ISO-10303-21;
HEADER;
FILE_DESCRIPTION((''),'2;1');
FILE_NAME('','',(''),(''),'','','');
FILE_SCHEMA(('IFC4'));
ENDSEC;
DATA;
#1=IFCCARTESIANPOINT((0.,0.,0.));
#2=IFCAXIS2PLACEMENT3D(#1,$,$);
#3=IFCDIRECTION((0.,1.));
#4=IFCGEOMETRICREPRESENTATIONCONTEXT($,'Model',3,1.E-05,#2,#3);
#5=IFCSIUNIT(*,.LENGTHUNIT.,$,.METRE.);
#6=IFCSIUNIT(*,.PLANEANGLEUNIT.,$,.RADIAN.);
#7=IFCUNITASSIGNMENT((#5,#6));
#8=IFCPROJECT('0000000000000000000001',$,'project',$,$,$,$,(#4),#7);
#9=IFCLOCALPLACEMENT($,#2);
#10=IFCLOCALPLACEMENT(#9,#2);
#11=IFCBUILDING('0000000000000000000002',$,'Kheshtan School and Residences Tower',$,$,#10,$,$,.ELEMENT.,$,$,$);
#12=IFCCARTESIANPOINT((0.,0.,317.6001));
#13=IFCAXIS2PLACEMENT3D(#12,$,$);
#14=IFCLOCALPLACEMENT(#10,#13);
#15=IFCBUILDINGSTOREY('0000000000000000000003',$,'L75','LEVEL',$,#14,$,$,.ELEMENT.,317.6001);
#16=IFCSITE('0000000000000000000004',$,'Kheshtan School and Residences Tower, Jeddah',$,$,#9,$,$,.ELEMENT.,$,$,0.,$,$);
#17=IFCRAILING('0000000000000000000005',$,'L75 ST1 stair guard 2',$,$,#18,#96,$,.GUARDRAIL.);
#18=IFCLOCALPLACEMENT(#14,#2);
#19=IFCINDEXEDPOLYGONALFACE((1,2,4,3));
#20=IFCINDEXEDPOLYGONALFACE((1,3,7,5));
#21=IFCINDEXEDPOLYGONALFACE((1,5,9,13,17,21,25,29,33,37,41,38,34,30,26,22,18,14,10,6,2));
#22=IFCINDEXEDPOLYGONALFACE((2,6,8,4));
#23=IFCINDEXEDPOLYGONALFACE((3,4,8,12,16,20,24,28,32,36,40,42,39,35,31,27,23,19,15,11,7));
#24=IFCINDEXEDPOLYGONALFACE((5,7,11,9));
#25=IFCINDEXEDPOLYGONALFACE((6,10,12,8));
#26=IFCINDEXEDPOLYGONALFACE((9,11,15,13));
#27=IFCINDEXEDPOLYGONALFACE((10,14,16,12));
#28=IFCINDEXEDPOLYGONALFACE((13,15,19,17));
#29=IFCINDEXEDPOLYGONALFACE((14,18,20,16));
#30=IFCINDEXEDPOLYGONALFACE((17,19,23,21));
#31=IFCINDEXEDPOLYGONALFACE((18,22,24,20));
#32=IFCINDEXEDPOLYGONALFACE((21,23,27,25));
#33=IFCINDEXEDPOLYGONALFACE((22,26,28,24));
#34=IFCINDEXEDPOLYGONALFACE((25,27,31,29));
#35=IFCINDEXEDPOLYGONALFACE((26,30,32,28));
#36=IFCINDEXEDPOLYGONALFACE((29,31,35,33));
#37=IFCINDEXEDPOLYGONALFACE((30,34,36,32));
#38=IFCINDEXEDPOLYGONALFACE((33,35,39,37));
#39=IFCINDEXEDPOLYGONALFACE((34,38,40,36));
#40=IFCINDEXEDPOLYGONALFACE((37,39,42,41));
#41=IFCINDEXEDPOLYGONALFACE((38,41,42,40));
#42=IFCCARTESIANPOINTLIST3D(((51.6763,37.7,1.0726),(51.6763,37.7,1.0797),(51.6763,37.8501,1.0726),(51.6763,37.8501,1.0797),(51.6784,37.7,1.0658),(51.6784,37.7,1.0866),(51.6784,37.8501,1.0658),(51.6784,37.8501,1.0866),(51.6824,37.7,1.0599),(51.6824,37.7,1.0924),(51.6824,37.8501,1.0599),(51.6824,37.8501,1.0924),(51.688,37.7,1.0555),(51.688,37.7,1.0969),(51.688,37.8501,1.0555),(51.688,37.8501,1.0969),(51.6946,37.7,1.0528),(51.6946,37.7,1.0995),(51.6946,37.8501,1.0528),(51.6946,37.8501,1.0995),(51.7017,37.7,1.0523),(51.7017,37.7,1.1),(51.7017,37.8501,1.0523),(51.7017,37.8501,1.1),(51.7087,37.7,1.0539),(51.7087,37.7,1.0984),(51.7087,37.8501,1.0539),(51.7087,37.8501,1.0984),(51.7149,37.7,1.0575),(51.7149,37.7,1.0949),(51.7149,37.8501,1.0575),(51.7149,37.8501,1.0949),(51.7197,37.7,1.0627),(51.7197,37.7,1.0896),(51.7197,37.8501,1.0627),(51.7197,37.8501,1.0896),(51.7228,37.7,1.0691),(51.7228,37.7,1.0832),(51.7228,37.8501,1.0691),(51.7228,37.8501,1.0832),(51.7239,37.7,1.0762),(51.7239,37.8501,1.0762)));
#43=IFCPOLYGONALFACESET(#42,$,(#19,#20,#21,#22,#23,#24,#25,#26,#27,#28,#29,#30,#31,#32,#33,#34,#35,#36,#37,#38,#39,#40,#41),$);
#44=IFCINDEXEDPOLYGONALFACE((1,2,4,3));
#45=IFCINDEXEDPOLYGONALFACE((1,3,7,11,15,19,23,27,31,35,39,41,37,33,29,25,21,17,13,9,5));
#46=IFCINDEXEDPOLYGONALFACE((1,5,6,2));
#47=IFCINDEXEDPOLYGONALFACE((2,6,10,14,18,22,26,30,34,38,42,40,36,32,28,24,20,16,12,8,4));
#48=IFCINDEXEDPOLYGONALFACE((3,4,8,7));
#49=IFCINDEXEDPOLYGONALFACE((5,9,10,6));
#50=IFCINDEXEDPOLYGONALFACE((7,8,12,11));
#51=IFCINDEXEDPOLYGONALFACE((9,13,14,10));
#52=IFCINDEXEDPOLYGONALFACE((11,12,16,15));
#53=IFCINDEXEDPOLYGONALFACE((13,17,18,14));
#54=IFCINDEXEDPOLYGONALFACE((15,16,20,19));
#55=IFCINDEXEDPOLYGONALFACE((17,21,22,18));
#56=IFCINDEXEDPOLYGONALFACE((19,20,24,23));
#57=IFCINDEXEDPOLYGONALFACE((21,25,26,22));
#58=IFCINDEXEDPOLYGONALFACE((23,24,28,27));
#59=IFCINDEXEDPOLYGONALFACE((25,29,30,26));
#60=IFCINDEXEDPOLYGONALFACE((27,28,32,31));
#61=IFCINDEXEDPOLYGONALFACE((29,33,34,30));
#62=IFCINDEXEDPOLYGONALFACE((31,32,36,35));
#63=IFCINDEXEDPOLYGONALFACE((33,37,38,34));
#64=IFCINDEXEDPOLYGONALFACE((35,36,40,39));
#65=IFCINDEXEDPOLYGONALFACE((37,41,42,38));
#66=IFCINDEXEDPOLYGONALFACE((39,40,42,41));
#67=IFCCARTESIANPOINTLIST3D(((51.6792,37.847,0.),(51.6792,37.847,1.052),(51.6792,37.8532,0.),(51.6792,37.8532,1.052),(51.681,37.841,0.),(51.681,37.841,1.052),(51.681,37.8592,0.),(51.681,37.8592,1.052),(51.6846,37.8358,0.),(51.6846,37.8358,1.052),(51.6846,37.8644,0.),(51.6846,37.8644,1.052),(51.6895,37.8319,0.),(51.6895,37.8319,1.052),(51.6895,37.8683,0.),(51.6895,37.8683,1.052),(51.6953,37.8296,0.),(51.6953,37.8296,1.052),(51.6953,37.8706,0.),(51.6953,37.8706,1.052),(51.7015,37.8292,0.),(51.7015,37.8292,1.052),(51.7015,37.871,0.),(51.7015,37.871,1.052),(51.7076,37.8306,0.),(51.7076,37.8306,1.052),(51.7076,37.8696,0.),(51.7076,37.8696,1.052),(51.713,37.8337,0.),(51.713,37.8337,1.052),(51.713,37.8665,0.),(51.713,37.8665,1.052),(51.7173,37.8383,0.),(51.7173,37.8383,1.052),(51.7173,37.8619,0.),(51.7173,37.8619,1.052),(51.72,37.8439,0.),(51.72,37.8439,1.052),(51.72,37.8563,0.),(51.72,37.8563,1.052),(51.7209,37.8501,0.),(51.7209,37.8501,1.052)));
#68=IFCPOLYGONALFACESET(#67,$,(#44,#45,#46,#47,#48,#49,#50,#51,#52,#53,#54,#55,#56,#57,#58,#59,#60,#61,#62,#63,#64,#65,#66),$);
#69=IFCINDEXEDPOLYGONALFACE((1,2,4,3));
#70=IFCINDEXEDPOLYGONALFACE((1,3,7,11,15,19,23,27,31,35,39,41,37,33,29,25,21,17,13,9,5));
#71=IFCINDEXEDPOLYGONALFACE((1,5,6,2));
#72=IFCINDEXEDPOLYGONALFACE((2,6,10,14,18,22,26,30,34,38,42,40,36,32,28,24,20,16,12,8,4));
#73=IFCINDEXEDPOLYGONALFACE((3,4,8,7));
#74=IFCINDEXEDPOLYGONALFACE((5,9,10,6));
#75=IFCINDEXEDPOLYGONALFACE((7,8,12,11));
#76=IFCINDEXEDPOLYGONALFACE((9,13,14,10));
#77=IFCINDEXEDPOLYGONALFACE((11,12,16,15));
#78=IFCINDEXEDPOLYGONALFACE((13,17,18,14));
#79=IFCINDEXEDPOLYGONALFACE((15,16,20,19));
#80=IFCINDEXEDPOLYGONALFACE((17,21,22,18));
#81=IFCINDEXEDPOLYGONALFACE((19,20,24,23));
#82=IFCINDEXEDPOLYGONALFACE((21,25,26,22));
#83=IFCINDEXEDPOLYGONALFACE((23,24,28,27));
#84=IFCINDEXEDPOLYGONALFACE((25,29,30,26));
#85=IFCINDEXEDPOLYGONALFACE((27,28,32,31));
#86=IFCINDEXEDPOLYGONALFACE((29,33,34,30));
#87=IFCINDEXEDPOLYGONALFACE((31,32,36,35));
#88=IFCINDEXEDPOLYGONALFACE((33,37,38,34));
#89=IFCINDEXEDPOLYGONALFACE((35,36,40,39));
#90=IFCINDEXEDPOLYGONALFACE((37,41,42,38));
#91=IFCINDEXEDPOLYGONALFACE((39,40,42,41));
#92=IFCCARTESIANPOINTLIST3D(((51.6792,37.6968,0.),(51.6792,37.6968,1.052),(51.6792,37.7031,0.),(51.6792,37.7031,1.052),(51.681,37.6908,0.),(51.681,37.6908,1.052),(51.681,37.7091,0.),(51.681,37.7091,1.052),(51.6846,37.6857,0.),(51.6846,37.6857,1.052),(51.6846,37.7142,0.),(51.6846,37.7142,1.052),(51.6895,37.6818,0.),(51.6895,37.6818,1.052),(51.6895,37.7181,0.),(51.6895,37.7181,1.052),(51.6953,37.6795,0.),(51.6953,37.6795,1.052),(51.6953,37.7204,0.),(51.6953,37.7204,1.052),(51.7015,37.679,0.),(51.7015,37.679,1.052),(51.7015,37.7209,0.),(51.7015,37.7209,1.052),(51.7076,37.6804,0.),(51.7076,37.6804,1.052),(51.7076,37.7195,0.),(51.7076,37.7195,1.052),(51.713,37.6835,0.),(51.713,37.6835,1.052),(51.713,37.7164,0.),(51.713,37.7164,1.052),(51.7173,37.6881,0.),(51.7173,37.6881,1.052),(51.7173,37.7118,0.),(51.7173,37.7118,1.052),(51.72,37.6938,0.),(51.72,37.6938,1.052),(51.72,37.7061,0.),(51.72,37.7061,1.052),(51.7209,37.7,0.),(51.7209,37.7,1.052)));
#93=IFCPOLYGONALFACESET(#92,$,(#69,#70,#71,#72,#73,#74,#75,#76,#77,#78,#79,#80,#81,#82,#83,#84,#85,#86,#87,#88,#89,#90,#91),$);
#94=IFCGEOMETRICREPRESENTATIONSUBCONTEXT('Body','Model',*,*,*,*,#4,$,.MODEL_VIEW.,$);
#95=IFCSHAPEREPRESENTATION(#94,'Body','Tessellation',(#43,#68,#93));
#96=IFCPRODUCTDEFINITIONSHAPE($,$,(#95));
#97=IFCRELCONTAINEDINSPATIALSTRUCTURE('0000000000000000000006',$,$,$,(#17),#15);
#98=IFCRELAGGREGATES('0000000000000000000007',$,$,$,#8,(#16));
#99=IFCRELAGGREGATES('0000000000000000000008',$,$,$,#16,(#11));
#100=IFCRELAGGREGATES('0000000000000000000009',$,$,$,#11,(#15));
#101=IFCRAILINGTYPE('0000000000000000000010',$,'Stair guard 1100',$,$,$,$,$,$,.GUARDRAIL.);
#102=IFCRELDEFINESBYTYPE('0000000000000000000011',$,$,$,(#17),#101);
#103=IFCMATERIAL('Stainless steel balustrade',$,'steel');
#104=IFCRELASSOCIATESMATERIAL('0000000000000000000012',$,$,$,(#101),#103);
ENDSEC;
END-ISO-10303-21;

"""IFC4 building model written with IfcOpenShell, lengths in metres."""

from ifc_helpers import new_model, si_unit, direction, frame, origin, origin_2d, place, context, subcontext, project, spatial, circle, extrude, material, type_object, element, save


model = new_model("IFC4")

# Units and contexts
model_context = context("Model", 3, precision=1e-05, world=origin(), true_north=direction((0.0, 1.0)))
body_context = subcontext(model_context, "Body", "Model", "MODEL_VIEW")
ifc_project = project(units=[si_unit("LENGTHUNIT", "METRE"), si_unit("PLANEANGLEUNIT", "RADIAN")], contexts=[model_context])

# Site, building, storey
site_placement = place(None, origin())
site = spatial("IfcSite", under=ifc_project, at=site_placement, Name="Kheshtan School and Residences Tower, Jeddah", CompositionType="ELEMENT", RefElevation=0.0)
building_placement = place(site_placement, origin())
building = spatial("IfcBuilding", under=site, at=building_placement, Name="Kheshtan School and Residences Tower", CompositionType="ELEMENT")
storey_placement = place(building_placement, frame((0.0, 0.0, 317.6001)))
storey = spatial("IfcBuildingStorey", under=building, at=storey_placement, Name="L75", Description="LEVEL", CompositionType="ELEMENT", Elevation=317.6001)

# Railing
ifc_material_1 = material(Name="Stainless steel balustrade", Category="steel")
railing_type_1 = type_object("IfcRailingType", Name="Stair guard 1100", PredefinedType="GUARDRAIL", material=ifc_material_1)
railing_1_placement = place(storey_placement, frame((51.7, 37.8501, 0.0)))
element("IfcRailing", 1, at=railing_1_placement, inside=storey, type_object=railing_type_1, Name="L75 ST1 stair guard 2", PredefinedType="GUARDRAIL", context=body_context, shape_type="SweptSolid", body=[
    extrude(circle(Radius=0.0239, at=origin_2d()), frame((0.0, 0.0, 1.0762), z_axis=(0.0, -1.0, 0.0), x_axis=(1.0, 0.0, 0.0)), (0.0, 0.0, 1.0), 0.1501),
    extrude(circle(Radius=0.021, at=origin_2d()), origin(), (0.0, 0.0, 1.0), 1.052),
    extrude(circle(Radius=0.021, at=origin_2d()), frame((0.0, -0.1501, 0.0)), (0.0, 0.0, 1.0), 1.052),
])

save(model, "model.ifc")
